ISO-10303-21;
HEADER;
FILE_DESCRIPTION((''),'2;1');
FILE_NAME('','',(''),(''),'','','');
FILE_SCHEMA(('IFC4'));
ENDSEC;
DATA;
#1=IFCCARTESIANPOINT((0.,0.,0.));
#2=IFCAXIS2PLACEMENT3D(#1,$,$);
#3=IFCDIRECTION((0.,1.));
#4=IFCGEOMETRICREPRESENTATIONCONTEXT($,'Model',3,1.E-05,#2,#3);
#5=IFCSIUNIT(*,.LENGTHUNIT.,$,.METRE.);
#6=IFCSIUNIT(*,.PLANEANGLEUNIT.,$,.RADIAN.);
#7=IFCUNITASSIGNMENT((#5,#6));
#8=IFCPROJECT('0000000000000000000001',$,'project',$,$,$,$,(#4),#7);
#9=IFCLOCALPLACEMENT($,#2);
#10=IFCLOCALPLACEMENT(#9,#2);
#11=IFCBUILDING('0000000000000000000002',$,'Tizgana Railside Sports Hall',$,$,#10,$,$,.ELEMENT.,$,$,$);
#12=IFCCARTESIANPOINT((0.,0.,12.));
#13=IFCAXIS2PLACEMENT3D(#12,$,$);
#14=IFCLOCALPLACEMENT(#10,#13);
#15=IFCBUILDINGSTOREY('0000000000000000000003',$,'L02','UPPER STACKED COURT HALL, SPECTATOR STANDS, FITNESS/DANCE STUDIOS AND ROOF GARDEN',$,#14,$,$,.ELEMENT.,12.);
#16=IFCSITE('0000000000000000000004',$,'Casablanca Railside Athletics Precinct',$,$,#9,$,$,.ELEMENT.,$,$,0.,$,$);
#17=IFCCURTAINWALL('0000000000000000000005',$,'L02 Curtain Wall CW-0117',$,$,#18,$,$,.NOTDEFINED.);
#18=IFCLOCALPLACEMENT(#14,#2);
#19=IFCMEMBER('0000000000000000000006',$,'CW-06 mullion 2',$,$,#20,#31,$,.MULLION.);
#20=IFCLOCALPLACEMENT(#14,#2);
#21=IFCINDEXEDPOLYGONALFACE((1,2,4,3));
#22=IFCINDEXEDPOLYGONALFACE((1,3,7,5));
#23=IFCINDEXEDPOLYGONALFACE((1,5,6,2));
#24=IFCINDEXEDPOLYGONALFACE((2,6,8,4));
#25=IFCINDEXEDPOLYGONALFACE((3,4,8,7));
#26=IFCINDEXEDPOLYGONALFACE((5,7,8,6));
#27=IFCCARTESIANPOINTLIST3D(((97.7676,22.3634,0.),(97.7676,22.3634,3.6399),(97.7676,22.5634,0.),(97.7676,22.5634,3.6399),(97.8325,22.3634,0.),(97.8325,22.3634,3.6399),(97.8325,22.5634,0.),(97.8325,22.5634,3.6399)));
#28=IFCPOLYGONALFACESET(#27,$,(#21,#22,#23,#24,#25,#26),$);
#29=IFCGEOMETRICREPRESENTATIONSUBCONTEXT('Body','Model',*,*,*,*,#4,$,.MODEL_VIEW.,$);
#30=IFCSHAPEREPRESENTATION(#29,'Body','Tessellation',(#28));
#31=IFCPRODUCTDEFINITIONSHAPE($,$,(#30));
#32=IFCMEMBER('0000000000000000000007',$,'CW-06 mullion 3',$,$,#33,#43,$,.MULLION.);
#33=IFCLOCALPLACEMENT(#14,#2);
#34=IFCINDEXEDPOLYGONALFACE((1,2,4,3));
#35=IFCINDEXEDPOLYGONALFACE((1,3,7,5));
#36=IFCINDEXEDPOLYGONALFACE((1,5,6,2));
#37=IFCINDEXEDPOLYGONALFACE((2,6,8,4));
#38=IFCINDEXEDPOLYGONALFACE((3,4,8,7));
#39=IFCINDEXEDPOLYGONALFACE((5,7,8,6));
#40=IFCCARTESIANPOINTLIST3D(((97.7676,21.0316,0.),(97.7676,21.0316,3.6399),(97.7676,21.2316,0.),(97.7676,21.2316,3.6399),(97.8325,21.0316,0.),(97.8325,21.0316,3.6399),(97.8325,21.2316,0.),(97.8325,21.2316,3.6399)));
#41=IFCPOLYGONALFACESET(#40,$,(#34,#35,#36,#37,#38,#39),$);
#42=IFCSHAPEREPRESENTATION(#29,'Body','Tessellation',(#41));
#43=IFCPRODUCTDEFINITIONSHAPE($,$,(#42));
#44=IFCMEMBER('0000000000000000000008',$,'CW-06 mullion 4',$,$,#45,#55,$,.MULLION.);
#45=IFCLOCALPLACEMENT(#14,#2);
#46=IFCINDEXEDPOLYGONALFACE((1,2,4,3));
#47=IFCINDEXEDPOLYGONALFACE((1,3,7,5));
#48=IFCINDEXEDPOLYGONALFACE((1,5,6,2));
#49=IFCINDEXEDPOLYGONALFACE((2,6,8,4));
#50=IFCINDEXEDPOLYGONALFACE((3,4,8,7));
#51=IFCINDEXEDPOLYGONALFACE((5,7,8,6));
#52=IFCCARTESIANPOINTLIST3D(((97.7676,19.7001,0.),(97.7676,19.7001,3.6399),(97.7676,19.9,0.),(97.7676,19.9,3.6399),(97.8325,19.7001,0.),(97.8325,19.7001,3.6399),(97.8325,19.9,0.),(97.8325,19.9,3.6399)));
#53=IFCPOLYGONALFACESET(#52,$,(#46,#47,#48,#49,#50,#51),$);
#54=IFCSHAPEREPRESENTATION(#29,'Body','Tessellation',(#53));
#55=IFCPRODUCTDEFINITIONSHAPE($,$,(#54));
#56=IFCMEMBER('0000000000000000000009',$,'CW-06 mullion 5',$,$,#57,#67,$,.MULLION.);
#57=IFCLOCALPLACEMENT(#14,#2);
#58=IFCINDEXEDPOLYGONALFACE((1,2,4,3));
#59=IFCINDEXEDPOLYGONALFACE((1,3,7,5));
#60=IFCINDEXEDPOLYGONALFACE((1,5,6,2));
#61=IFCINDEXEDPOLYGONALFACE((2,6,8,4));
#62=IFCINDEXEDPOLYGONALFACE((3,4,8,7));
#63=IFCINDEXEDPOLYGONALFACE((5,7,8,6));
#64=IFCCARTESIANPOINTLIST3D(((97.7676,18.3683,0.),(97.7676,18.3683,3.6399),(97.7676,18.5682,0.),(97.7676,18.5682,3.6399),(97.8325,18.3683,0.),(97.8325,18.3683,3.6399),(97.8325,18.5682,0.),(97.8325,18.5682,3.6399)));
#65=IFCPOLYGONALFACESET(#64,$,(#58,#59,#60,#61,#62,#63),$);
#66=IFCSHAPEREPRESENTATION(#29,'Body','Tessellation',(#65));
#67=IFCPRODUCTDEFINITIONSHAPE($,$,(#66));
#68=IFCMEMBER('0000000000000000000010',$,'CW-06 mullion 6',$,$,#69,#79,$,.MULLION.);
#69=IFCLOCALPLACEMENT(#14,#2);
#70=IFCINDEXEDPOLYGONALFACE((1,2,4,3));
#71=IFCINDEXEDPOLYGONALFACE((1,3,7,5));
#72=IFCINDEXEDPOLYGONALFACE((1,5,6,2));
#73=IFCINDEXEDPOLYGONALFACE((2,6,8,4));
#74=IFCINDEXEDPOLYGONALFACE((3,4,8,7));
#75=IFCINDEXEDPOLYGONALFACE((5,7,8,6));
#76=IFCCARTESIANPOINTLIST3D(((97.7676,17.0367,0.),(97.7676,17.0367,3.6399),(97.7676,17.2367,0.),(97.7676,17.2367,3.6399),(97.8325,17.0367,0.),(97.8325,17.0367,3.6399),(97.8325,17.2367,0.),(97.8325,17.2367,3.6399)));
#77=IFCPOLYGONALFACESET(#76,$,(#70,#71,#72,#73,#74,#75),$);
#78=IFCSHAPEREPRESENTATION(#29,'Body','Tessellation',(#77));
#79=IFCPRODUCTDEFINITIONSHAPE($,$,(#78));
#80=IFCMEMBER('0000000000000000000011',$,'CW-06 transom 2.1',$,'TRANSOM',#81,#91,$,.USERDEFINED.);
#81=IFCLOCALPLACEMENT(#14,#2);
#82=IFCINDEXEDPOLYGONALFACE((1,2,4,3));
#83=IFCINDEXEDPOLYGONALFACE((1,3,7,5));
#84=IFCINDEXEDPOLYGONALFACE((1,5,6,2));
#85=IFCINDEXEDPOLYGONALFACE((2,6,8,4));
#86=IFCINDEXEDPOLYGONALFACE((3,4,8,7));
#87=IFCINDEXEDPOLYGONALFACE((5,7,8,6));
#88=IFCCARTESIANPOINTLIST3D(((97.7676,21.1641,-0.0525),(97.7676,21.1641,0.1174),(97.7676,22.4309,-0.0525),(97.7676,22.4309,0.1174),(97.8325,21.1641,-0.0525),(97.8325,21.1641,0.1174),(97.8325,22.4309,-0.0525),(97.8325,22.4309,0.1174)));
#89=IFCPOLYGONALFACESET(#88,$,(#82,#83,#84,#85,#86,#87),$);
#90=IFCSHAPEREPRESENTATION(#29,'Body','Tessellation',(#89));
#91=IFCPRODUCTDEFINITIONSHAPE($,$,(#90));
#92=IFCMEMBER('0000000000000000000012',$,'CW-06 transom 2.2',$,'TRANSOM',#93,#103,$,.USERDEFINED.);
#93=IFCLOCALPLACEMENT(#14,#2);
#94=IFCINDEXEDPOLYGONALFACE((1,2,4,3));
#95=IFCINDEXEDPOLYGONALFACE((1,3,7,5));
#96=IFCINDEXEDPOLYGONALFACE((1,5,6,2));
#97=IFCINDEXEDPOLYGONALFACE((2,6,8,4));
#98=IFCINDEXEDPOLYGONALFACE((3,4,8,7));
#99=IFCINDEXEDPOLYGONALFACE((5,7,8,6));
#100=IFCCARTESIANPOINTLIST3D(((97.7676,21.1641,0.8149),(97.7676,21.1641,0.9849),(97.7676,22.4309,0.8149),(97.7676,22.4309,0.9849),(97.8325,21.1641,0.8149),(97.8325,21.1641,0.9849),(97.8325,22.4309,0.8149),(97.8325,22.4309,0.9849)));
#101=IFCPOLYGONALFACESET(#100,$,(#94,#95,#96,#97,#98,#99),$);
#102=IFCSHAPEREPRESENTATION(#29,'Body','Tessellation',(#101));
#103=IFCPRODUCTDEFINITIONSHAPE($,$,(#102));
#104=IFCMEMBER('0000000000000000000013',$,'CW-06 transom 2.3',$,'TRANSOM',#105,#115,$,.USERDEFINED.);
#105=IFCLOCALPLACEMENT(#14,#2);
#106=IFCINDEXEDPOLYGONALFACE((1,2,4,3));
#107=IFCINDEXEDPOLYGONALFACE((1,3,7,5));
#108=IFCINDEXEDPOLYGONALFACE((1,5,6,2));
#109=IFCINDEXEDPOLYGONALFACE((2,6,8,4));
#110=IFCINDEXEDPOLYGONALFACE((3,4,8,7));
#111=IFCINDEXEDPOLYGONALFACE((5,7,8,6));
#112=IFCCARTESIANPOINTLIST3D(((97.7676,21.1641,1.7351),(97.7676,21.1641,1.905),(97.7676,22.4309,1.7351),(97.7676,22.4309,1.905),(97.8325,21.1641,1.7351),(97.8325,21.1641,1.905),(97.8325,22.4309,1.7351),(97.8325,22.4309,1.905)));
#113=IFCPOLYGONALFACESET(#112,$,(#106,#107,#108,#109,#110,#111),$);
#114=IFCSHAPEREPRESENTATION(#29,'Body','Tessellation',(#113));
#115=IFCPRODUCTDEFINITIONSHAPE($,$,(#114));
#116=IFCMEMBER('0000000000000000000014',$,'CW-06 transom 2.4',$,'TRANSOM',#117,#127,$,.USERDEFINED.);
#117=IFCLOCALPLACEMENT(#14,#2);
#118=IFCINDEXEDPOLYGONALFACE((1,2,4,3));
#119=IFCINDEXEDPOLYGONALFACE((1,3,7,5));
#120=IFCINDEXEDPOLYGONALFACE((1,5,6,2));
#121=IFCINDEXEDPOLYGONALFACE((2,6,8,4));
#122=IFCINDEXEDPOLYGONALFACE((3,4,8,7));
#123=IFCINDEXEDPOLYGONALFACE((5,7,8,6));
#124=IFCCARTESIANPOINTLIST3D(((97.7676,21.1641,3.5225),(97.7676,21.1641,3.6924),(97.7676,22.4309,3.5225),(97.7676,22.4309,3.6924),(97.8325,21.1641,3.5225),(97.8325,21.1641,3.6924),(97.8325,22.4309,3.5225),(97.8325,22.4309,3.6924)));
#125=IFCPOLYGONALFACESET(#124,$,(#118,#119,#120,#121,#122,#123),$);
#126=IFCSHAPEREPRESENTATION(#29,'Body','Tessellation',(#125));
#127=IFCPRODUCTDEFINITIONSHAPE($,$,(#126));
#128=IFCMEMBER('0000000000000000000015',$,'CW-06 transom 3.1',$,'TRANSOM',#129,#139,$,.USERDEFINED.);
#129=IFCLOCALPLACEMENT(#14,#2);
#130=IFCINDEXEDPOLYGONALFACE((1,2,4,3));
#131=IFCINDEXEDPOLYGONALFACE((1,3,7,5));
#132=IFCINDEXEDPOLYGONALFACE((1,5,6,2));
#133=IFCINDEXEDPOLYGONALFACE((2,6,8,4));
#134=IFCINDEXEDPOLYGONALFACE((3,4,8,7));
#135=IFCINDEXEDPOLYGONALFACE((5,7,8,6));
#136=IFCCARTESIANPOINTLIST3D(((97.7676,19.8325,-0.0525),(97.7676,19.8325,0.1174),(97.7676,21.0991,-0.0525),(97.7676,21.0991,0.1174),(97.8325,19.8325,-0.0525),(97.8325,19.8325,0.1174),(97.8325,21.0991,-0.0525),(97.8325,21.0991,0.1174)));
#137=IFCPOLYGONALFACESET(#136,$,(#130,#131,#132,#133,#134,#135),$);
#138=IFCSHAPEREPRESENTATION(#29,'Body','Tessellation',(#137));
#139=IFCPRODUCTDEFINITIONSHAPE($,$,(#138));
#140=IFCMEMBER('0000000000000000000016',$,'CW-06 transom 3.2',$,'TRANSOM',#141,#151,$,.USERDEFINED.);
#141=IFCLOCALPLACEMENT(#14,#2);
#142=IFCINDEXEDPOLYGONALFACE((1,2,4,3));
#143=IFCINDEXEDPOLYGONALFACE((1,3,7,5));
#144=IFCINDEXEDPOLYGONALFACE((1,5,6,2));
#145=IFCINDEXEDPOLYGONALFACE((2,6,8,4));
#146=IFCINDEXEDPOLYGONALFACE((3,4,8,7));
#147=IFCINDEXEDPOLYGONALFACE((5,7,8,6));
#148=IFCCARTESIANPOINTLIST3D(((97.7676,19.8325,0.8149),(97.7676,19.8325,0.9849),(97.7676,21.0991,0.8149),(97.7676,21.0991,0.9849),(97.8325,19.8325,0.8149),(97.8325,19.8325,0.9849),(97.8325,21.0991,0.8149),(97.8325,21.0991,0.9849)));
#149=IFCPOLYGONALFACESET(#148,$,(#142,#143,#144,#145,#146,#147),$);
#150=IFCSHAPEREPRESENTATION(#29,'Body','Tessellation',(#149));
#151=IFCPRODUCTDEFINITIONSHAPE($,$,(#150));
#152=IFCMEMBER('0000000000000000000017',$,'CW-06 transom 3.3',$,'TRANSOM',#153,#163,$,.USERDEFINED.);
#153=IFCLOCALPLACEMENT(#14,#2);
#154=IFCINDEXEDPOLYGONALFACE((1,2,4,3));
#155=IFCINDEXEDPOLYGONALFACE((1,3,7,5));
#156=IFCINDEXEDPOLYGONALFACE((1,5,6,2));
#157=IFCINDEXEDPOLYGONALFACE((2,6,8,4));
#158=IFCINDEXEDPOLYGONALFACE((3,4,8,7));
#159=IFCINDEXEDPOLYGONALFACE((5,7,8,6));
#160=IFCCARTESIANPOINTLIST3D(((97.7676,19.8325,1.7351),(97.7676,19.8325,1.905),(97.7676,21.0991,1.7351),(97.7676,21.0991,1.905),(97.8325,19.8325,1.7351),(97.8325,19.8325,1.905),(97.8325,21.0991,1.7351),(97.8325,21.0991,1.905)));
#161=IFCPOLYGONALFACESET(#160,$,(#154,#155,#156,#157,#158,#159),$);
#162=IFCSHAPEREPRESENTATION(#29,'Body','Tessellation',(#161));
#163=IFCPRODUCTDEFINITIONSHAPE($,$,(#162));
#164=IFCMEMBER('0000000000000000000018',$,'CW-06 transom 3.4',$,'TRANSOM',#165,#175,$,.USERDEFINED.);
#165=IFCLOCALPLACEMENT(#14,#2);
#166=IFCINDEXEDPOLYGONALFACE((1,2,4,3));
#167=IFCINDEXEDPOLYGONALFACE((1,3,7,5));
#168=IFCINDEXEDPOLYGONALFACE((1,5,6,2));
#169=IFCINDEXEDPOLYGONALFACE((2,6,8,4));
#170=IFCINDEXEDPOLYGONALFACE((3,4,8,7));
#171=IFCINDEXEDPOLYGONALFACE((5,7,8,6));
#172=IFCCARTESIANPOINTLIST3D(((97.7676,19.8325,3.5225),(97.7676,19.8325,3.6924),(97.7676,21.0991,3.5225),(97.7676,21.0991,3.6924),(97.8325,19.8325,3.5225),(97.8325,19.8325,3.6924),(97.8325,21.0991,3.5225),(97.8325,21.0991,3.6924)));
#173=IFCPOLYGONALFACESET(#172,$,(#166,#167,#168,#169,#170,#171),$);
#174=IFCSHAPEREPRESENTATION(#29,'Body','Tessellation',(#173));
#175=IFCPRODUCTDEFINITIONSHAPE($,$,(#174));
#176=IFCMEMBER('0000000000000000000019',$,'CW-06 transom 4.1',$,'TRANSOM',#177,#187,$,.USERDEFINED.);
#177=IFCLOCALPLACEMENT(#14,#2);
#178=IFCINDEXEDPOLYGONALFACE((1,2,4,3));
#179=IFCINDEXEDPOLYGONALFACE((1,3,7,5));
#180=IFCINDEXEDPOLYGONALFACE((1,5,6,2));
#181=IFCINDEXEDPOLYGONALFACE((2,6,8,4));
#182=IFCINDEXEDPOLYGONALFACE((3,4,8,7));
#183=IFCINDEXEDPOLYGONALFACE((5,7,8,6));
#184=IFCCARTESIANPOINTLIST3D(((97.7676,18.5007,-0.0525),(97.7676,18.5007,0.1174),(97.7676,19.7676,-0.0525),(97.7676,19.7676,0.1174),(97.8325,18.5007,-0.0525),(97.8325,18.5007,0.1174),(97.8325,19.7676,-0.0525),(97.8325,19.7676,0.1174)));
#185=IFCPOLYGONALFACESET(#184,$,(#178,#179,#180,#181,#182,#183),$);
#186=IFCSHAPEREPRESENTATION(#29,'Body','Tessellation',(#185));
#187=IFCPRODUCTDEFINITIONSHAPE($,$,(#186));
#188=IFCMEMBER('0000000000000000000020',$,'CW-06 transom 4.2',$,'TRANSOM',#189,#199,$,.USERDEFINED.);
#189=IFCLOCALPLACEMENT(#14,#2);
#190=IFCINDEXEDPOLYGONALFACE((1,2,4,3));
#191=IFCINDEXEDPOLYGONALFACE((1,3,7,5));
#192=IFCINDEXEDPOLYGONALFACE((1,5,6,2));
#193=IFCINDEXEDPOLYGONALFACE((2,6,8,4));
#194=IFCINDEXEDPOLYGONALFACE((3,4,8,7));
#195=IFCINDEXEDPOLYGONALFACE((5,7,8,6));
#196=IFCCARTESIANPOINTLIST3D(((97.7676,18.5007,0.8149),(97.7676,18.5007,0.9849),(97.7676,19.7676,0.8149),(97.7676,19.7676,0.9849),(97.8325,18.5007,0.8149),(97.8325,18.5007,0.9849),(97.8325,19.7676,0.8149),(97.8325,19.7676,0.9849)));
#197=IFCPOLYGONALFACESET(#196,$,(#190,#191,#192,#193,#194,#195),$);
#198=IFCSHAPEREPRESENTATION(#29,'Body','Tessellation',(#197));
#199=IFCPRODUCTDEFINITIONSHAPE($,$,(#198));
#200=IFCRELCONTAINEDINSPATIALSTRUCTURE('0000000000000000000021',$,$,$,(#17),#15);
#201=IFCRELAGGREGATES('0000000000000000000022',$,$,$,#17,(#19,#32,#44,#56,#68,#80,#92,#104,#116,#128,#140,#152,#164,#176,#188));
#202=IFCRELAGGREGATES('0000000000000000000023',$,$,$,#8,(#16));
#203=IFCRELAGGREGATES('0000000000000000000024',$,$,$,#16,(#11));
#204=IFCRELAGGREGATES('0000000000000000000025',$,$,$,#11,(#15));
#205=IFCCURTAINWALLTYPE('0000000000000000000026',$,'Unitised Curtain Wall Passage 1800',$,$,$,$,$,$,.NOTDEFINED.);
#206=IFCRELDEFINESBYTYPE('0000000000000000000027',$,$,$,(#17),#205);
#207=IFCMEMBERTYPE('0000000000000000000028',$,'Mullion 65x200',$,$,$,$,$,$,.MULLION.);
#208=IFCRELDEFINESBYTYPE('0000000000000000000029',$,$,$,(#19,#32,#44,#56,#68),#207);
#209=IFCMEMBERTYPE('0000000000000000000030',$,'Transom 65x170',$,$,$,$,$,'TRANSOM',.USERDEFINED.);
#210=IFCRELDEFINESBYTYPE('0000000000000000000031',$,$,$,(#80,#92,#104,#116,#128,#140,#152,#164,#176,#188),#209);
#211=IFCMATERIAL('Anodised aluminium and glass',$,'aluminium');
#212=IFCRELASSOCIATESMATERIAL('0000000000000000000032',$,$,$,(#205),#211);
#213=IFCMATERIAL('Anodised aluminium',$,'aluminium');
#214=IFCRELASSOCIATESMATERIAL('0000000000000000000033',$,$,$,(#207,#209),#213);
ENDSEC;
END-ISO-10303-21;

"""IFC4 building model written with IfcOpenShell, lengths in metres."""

from ifc_helpers import new_model, si_unit, direction, frame, origin, origin_2d, place, context, subcontext, project, spatial, rectangle, extrude, material, material_profile, profile_set, type_object, element, aggregate, save


model = new_model("IFC4")

# Units and contexts
model_context = context("Model", 3, precision=1e-05, world=origin(), true_north=direction((0.0, 1.0)))
body_context = subcontext(model_context, "Body", "Model", "MODEL_VIEW")
ifc_project = project(units=[si_unit("LENGTHUNIT", "METRE"), si_unit("PLANEANGLEUNIT", "RADIAN")], contexts=[model_context])

# Site, building, storey
site_placement = place(None, origin())
site = spatial("IfcSite", under=ifc_project, at=site_placement, Name="Casablanca Railside Athletics Precinct", CompositionType="ELEMENT", RefElevation=0.0)
building_placement = place(site_placement, origin())
building = spatial("IfcBuilding", under=site, at=building_placement, Name="Tizgana Railside Sports Hall", CompositionType="ELEMENT")
storey_placement = place(building_placement, frame((0.0, 0.0, 12.0)))
storey = spatial("IfcBuildingStorey", under=building, at=storey_placement, Name="L02", Description="UPPER STACKED COURT HALL, SPECTATOR STANDS, FITNESS/DANCE STUDIOS AND ROOF GARDEN", CompositionType="ELEMENT", Elevation=12.0)

# Curtain wall, members
ifc_material_1 = material(Name="Anodised aluminium and glass", Category="aluminium")
curtain_wall_type = type_object("IfcCurtainWallType", Name="Unitised Curtain Wall Passage 1800", PredefinedType="NOTDEFINED", material=ifc_material_1)
curtain_wall_placement = place(storey_placement, origin())
curtain_wall = element("IfcCurtainWall", 1, at=curtain_wall_placement, inside=storey, type_object=curtain_wall_type, Name="L02 Curtain Wall CW-0117", PredefinedType="NOTDEFINED")
ifc_material_2 = material(Name="Anodised aluminium", Category="aluminium")
ifc_material_profile_1 = material_profile(ifc_material_2, rectangle(XDim=0.0649, YDim=0.2, at=origin_2d()), Name="Mullion 65x200")
ifc_profile_set_1 = profile_set([ifc_material_profile_1], Name="Anodised aluminium")
member_type_1 = type_object("IfcMemberType", Name="Mullion 65x200", PredefinedType="MULLION", material=ifc_profile_set_1)
member_1_placement = place(storey_placement, frame((97.8, 22.4634, 0.0), z_axis=(0.0, 0.0, 1.0), x_axis=(1.0, 0.0, 0.0)))
member_1 = element("IfcMember", 2, at=member_1_placement, type_object=member_type_1, Name="CW-06 mullion 2", PredefinedType="MULLION", context=body_context, shape_type="SweptSolid", body=[
    extrude(rectangle(XDim=0.0649, YDim=0.2, at=origin_2d()), origin(), (0.0, 0.0, 1.0), 3.6399),
])
member_2_placement = place(storey_placement, frame((97.8, 21.1316, 0.0), z_axis=(0.0, 0.0, 1.0), x_axis=(1.0, 0.0, 0.0)))
member_2 = element("IfcMember", 3, at=member_2_placement, type_object=member_type_1, Name="CW-06 mullion 3", PredefinedType="MULLION", context=body_context, shape_type="SweptSolid", body=[
    extrude(rectangle(XDim=0.0649, YDim=0.2, at=origin_2d()), origin(), (0.0, 0.0, 1.0), 3.6399),
])
member_3_placement = place(storey_placement, frame((97.8, 19.8, 0.0), z_axis=(0.0, 0.0, 1.0), x_axis=(1.0, 0.0, 0.0)))
member_3 = element("IfcMember", 4, at=member_3_placement, type_object=member_type_1, Name="CW-06 mullion 4", PredefinedType="MULLION", context=body_context, shape_type="SweptSolid", body=[
    extrude(rectangle(XDim=0.0649, YDim=0.2, at=origin_2d()), origin(), (0.0, 0.0, 1.0), 3.6399),
])
member_4_placement = place(storey_placement, frame((97.8, 18.4683, 0.0), z_axis=(0.0, 0.0, 1.0), x_axis=(1.0, 0.0, 0.0)))
member_4 = element("IfcMember", 5, at=member_4_placement, type_object=member_type_1, Name="CW-06 mullion 5", PredefinedType="MULLION", context=body_context, shape_type="SweptSolid", body=[
    extrude(rectangle(XDim=0.0649, YDim=0.2, at=origin_2d()), origin(), (0.0, 0.0, 1.0), 3.6399),
])
member_5_placement = place(storey_placement, frame((97.8, 17.1367, 0.0), z_axis=(0.0, 0.0, 1.0), x_axis=(1.0, 0.0, 0.0)))
member_5 = element("IfcMember", 6, at=member_5_placement, type_object=member_type_1, Name="CW-06 mullion 6", PredefinedType="MULLION", context=body_context, shape_type="SweptSolid", body=[
    extrude(rectangle(XDim=0.0649, YDim=0.2, at=origin_2d()), origin(), (0.0, 0.0, 1.0), 3.6399),
])
ifc_material_profile_2 = material_profile(ifc_material_2, rectangle(XDim=0.0649, YDim=0.1699, at=origin_2d()), Name="Transom 65x170")
ifc_profile_set_2 = profile_set([ifc_material_profile_2], Name="Anodised aluminium")
member_type_2 = type_object("IfcMemberType", Name="Transom 65x170", ElementType="TRANSOM", PredefinedType="USERDEFINED", material=ifc_profile_set_2)
member_6_placement = place(storey_placement, frame((97.8, 22.4309, 0.0325), z_axis=(0.0, -1.0, 0.0), x_axis=(1.0, 0.0, 0.0)))
member_6 = element("IfcMember", 7, at=member_6_placement, type_object=member_type_2, Name="CW-06 transom 2.1", ObjectType="TRANSOM", PredefinedType="USERDEFINED", context=body_context, shape_type="SweptSolid", body=[
    extrude(rectangle(XDim=0.0649, YDim=0.1699, at=origin_2d()), origin(), (0.0, 0.0, 1.0), 1.2668),
])
member_7_placement = place(storey_placement, frame((97.8, 22.4309, 0.8999), z_axis=(0.0, -1.0, 0.0), x_axis=(1.0, 0.0, 0.0)))
member_7 = element("IfcMember", 8, at=member_7_placement, type_object=member_type_2, Name="CW-06 transom 2.2", ObjectType="TRANSOM", PredefinedType="USERDEFINED", context=body_context, shape_type="SweptSolid", body=[
    extrude(rectangle(XDim=0.0649, YDim=0.1699, at=origin_2d()), origin(), (0.0, 0.0, 1.0), 1.2668),
])
member_8_placement = place(storey_placement, frame((97.8, 22.4309, 1.8201), z_axis=(0.0, -1.0, 0.0), x_axis=(1.0, 0.0, 0.0)))
member_8 = element("IfcMember", 9, at=member_8_placement, type_object=member_type_2, Name="CW-06 transom 2.3", ObjectType="TRANSOM", PredefinedType="USERDEFINED", context=body_context, shape_type="SweptSolid", body=[
    extrude(rectangle(XDim=0.0649, YDim=0.1699, at=origin_2d()), origin(), (0.0, 0.0, 1.0), 1.2668),
])
member_9_placement = place(storey_placement, frame((97.8, 22.4309, 3.6074), z_axis=(0.0, -1.0, 0.0), x_axis=(1.0, 0.0, 0.0)))
member_9 = element("IfcMember", 10, at=member_9_placement, type_object=member_type_2, Name="CW-06 transom 2.4", ObjectType="TRANSOM", PredefinedType="USERDEFINED", context=body_context, shape_type="SweptSolid", body=[
    extrude(rectangle(XDim=0.0649, YDim=0.1699, at=origin_2d()), origin(), (0.0, 0.0, 1.0), 1.2668),
])
member_10_placement = place(storey_placement, frame((97.8, 21.0991, 0.0325), z_axis=(0.0, -1.0, 0.0), x_axis=(1.0, 0.0, 0.0)))
member_10 = element("IfcMember", 11, at=member_10_placement, type_object=member_type_2, Name="CW-06 transom 3.1", ObjectType="TRANSOM", PredefinedType="USERDEFINED", context=body_context, shape_type="SweptSolid", body=[
    extrude(rectangle(XDim=0.0649, YDim=0.1699, at=origin_2d()), origin(), (0.0, 0.0, 1.0), 1.2666),
])
member_11_placement = place(storey_placement, frame((97.8, 21.0991, 0.8999), z_axis=(0.0, -1.0, 0.0), x_axis=(1.0, 0.0, 0.0)))
member_11 = element("IfcMember", 12, at=member_11_placement, type_object=member_type_2, Name="CW-06 transom 3.2", ObjectType="TRANSOM", PredefinedType="USERDEFINED", context=body_context, shape_type="SweptSolid", body=[
    extrude(rectangle(XDim=0.0649, YDim=0.1699, at=origin_2d()), origin(), (0.0, 0.0, 1.0), 1.2666),
])
member_12_placement = place(storey_placement, frame((97.8, 21.0991, 1.8201), z_axis=(0.0, -1.0, 0.0), x_axis=(1.0, 0.0, 0.0)))
member_12 = element("IfcMember", 13, at=member_12_placement, type_object=member_type_2, Name="CW-06 transom 3.3", ObjectType="TRANSOM", PredefinedType="USERDEFINED", context=body_context, shape_type="SweptSolid", body=[
    extrude(rectangle(XDim=0.0649, YDim=0.1699, at=origin_2d()), origin(), (0.0, 0.0, 1.0), 1.2666),
])
member_13_placement = place(storey_placement, frame((97.8, 21.0991, 3.6074), z_axis=(0.0, -1.0, 0.0), x_axis=(1.0, 0.0, 0.0)))
member_13 = element("IfcMember", 14, at=member_13_placement, type_object=member_type_2, Name="CW-06 transom 3.4", ObjectType="TRANSOM", PredefinedType="USERDEFINED", context=body_context, shape_type="SweptSolid", body=[
    extrude(rectangle(XDim=0.0649, YDim=0.1699, at=origin_2d()), origin(), (0.0, 0.0, 1.0), 1.2666),
])
member_14_placement = place(storey_placement, frame((97.8, 19.7676, 0.0325), z_axis=(0.0, -1.0, 0.0), x_axis=(1.0, 0.0, 0.0)))
member_14 = element("IfcMember", 15, at=member_14_placement, type_object=member_type_2, Name="CW-06 transom 4.1", ObjectType="TRANSOM", PredefinedType="USERDEFINED", context=body_context, shape_type="SweptSolid", body=[
    extrude(rectangle(XDim=0.0649, YDim=0.1699, at=origin_2d()), origin(), (0.0, 0.0, 1.0), 1.2668),
])
member_15_placement = place(storey_placement, frame((97.8, 19.7676, 0.8999), z_axis=(0.0, -1.0, 0.0), x_axis=(1.0, 0.0, 0.0)))
member_15 = element("IfcMember", 16, at=member_15_placement, type_object=member_type_2, Name="CW-06 transom 4.2", ObjectType="TRANSOM", PredefinedType="USERDEFINED", context=body_context, shape_type="SweptSolid", body=[
    extrude(rectangle(XDim=0.0649, YDim=0.1699, at=origin_2d()), origin(), (0.0, 0.0, 1.0), 1.2668),
])
aggregate(curtain_wall, [member_1, member_2, member_3, member_4, member_5, member_6, member_7, member_8, member_9, member_10, member_11, member_12, member_13, member_14, member_15])

save(model, "model.ifc")
